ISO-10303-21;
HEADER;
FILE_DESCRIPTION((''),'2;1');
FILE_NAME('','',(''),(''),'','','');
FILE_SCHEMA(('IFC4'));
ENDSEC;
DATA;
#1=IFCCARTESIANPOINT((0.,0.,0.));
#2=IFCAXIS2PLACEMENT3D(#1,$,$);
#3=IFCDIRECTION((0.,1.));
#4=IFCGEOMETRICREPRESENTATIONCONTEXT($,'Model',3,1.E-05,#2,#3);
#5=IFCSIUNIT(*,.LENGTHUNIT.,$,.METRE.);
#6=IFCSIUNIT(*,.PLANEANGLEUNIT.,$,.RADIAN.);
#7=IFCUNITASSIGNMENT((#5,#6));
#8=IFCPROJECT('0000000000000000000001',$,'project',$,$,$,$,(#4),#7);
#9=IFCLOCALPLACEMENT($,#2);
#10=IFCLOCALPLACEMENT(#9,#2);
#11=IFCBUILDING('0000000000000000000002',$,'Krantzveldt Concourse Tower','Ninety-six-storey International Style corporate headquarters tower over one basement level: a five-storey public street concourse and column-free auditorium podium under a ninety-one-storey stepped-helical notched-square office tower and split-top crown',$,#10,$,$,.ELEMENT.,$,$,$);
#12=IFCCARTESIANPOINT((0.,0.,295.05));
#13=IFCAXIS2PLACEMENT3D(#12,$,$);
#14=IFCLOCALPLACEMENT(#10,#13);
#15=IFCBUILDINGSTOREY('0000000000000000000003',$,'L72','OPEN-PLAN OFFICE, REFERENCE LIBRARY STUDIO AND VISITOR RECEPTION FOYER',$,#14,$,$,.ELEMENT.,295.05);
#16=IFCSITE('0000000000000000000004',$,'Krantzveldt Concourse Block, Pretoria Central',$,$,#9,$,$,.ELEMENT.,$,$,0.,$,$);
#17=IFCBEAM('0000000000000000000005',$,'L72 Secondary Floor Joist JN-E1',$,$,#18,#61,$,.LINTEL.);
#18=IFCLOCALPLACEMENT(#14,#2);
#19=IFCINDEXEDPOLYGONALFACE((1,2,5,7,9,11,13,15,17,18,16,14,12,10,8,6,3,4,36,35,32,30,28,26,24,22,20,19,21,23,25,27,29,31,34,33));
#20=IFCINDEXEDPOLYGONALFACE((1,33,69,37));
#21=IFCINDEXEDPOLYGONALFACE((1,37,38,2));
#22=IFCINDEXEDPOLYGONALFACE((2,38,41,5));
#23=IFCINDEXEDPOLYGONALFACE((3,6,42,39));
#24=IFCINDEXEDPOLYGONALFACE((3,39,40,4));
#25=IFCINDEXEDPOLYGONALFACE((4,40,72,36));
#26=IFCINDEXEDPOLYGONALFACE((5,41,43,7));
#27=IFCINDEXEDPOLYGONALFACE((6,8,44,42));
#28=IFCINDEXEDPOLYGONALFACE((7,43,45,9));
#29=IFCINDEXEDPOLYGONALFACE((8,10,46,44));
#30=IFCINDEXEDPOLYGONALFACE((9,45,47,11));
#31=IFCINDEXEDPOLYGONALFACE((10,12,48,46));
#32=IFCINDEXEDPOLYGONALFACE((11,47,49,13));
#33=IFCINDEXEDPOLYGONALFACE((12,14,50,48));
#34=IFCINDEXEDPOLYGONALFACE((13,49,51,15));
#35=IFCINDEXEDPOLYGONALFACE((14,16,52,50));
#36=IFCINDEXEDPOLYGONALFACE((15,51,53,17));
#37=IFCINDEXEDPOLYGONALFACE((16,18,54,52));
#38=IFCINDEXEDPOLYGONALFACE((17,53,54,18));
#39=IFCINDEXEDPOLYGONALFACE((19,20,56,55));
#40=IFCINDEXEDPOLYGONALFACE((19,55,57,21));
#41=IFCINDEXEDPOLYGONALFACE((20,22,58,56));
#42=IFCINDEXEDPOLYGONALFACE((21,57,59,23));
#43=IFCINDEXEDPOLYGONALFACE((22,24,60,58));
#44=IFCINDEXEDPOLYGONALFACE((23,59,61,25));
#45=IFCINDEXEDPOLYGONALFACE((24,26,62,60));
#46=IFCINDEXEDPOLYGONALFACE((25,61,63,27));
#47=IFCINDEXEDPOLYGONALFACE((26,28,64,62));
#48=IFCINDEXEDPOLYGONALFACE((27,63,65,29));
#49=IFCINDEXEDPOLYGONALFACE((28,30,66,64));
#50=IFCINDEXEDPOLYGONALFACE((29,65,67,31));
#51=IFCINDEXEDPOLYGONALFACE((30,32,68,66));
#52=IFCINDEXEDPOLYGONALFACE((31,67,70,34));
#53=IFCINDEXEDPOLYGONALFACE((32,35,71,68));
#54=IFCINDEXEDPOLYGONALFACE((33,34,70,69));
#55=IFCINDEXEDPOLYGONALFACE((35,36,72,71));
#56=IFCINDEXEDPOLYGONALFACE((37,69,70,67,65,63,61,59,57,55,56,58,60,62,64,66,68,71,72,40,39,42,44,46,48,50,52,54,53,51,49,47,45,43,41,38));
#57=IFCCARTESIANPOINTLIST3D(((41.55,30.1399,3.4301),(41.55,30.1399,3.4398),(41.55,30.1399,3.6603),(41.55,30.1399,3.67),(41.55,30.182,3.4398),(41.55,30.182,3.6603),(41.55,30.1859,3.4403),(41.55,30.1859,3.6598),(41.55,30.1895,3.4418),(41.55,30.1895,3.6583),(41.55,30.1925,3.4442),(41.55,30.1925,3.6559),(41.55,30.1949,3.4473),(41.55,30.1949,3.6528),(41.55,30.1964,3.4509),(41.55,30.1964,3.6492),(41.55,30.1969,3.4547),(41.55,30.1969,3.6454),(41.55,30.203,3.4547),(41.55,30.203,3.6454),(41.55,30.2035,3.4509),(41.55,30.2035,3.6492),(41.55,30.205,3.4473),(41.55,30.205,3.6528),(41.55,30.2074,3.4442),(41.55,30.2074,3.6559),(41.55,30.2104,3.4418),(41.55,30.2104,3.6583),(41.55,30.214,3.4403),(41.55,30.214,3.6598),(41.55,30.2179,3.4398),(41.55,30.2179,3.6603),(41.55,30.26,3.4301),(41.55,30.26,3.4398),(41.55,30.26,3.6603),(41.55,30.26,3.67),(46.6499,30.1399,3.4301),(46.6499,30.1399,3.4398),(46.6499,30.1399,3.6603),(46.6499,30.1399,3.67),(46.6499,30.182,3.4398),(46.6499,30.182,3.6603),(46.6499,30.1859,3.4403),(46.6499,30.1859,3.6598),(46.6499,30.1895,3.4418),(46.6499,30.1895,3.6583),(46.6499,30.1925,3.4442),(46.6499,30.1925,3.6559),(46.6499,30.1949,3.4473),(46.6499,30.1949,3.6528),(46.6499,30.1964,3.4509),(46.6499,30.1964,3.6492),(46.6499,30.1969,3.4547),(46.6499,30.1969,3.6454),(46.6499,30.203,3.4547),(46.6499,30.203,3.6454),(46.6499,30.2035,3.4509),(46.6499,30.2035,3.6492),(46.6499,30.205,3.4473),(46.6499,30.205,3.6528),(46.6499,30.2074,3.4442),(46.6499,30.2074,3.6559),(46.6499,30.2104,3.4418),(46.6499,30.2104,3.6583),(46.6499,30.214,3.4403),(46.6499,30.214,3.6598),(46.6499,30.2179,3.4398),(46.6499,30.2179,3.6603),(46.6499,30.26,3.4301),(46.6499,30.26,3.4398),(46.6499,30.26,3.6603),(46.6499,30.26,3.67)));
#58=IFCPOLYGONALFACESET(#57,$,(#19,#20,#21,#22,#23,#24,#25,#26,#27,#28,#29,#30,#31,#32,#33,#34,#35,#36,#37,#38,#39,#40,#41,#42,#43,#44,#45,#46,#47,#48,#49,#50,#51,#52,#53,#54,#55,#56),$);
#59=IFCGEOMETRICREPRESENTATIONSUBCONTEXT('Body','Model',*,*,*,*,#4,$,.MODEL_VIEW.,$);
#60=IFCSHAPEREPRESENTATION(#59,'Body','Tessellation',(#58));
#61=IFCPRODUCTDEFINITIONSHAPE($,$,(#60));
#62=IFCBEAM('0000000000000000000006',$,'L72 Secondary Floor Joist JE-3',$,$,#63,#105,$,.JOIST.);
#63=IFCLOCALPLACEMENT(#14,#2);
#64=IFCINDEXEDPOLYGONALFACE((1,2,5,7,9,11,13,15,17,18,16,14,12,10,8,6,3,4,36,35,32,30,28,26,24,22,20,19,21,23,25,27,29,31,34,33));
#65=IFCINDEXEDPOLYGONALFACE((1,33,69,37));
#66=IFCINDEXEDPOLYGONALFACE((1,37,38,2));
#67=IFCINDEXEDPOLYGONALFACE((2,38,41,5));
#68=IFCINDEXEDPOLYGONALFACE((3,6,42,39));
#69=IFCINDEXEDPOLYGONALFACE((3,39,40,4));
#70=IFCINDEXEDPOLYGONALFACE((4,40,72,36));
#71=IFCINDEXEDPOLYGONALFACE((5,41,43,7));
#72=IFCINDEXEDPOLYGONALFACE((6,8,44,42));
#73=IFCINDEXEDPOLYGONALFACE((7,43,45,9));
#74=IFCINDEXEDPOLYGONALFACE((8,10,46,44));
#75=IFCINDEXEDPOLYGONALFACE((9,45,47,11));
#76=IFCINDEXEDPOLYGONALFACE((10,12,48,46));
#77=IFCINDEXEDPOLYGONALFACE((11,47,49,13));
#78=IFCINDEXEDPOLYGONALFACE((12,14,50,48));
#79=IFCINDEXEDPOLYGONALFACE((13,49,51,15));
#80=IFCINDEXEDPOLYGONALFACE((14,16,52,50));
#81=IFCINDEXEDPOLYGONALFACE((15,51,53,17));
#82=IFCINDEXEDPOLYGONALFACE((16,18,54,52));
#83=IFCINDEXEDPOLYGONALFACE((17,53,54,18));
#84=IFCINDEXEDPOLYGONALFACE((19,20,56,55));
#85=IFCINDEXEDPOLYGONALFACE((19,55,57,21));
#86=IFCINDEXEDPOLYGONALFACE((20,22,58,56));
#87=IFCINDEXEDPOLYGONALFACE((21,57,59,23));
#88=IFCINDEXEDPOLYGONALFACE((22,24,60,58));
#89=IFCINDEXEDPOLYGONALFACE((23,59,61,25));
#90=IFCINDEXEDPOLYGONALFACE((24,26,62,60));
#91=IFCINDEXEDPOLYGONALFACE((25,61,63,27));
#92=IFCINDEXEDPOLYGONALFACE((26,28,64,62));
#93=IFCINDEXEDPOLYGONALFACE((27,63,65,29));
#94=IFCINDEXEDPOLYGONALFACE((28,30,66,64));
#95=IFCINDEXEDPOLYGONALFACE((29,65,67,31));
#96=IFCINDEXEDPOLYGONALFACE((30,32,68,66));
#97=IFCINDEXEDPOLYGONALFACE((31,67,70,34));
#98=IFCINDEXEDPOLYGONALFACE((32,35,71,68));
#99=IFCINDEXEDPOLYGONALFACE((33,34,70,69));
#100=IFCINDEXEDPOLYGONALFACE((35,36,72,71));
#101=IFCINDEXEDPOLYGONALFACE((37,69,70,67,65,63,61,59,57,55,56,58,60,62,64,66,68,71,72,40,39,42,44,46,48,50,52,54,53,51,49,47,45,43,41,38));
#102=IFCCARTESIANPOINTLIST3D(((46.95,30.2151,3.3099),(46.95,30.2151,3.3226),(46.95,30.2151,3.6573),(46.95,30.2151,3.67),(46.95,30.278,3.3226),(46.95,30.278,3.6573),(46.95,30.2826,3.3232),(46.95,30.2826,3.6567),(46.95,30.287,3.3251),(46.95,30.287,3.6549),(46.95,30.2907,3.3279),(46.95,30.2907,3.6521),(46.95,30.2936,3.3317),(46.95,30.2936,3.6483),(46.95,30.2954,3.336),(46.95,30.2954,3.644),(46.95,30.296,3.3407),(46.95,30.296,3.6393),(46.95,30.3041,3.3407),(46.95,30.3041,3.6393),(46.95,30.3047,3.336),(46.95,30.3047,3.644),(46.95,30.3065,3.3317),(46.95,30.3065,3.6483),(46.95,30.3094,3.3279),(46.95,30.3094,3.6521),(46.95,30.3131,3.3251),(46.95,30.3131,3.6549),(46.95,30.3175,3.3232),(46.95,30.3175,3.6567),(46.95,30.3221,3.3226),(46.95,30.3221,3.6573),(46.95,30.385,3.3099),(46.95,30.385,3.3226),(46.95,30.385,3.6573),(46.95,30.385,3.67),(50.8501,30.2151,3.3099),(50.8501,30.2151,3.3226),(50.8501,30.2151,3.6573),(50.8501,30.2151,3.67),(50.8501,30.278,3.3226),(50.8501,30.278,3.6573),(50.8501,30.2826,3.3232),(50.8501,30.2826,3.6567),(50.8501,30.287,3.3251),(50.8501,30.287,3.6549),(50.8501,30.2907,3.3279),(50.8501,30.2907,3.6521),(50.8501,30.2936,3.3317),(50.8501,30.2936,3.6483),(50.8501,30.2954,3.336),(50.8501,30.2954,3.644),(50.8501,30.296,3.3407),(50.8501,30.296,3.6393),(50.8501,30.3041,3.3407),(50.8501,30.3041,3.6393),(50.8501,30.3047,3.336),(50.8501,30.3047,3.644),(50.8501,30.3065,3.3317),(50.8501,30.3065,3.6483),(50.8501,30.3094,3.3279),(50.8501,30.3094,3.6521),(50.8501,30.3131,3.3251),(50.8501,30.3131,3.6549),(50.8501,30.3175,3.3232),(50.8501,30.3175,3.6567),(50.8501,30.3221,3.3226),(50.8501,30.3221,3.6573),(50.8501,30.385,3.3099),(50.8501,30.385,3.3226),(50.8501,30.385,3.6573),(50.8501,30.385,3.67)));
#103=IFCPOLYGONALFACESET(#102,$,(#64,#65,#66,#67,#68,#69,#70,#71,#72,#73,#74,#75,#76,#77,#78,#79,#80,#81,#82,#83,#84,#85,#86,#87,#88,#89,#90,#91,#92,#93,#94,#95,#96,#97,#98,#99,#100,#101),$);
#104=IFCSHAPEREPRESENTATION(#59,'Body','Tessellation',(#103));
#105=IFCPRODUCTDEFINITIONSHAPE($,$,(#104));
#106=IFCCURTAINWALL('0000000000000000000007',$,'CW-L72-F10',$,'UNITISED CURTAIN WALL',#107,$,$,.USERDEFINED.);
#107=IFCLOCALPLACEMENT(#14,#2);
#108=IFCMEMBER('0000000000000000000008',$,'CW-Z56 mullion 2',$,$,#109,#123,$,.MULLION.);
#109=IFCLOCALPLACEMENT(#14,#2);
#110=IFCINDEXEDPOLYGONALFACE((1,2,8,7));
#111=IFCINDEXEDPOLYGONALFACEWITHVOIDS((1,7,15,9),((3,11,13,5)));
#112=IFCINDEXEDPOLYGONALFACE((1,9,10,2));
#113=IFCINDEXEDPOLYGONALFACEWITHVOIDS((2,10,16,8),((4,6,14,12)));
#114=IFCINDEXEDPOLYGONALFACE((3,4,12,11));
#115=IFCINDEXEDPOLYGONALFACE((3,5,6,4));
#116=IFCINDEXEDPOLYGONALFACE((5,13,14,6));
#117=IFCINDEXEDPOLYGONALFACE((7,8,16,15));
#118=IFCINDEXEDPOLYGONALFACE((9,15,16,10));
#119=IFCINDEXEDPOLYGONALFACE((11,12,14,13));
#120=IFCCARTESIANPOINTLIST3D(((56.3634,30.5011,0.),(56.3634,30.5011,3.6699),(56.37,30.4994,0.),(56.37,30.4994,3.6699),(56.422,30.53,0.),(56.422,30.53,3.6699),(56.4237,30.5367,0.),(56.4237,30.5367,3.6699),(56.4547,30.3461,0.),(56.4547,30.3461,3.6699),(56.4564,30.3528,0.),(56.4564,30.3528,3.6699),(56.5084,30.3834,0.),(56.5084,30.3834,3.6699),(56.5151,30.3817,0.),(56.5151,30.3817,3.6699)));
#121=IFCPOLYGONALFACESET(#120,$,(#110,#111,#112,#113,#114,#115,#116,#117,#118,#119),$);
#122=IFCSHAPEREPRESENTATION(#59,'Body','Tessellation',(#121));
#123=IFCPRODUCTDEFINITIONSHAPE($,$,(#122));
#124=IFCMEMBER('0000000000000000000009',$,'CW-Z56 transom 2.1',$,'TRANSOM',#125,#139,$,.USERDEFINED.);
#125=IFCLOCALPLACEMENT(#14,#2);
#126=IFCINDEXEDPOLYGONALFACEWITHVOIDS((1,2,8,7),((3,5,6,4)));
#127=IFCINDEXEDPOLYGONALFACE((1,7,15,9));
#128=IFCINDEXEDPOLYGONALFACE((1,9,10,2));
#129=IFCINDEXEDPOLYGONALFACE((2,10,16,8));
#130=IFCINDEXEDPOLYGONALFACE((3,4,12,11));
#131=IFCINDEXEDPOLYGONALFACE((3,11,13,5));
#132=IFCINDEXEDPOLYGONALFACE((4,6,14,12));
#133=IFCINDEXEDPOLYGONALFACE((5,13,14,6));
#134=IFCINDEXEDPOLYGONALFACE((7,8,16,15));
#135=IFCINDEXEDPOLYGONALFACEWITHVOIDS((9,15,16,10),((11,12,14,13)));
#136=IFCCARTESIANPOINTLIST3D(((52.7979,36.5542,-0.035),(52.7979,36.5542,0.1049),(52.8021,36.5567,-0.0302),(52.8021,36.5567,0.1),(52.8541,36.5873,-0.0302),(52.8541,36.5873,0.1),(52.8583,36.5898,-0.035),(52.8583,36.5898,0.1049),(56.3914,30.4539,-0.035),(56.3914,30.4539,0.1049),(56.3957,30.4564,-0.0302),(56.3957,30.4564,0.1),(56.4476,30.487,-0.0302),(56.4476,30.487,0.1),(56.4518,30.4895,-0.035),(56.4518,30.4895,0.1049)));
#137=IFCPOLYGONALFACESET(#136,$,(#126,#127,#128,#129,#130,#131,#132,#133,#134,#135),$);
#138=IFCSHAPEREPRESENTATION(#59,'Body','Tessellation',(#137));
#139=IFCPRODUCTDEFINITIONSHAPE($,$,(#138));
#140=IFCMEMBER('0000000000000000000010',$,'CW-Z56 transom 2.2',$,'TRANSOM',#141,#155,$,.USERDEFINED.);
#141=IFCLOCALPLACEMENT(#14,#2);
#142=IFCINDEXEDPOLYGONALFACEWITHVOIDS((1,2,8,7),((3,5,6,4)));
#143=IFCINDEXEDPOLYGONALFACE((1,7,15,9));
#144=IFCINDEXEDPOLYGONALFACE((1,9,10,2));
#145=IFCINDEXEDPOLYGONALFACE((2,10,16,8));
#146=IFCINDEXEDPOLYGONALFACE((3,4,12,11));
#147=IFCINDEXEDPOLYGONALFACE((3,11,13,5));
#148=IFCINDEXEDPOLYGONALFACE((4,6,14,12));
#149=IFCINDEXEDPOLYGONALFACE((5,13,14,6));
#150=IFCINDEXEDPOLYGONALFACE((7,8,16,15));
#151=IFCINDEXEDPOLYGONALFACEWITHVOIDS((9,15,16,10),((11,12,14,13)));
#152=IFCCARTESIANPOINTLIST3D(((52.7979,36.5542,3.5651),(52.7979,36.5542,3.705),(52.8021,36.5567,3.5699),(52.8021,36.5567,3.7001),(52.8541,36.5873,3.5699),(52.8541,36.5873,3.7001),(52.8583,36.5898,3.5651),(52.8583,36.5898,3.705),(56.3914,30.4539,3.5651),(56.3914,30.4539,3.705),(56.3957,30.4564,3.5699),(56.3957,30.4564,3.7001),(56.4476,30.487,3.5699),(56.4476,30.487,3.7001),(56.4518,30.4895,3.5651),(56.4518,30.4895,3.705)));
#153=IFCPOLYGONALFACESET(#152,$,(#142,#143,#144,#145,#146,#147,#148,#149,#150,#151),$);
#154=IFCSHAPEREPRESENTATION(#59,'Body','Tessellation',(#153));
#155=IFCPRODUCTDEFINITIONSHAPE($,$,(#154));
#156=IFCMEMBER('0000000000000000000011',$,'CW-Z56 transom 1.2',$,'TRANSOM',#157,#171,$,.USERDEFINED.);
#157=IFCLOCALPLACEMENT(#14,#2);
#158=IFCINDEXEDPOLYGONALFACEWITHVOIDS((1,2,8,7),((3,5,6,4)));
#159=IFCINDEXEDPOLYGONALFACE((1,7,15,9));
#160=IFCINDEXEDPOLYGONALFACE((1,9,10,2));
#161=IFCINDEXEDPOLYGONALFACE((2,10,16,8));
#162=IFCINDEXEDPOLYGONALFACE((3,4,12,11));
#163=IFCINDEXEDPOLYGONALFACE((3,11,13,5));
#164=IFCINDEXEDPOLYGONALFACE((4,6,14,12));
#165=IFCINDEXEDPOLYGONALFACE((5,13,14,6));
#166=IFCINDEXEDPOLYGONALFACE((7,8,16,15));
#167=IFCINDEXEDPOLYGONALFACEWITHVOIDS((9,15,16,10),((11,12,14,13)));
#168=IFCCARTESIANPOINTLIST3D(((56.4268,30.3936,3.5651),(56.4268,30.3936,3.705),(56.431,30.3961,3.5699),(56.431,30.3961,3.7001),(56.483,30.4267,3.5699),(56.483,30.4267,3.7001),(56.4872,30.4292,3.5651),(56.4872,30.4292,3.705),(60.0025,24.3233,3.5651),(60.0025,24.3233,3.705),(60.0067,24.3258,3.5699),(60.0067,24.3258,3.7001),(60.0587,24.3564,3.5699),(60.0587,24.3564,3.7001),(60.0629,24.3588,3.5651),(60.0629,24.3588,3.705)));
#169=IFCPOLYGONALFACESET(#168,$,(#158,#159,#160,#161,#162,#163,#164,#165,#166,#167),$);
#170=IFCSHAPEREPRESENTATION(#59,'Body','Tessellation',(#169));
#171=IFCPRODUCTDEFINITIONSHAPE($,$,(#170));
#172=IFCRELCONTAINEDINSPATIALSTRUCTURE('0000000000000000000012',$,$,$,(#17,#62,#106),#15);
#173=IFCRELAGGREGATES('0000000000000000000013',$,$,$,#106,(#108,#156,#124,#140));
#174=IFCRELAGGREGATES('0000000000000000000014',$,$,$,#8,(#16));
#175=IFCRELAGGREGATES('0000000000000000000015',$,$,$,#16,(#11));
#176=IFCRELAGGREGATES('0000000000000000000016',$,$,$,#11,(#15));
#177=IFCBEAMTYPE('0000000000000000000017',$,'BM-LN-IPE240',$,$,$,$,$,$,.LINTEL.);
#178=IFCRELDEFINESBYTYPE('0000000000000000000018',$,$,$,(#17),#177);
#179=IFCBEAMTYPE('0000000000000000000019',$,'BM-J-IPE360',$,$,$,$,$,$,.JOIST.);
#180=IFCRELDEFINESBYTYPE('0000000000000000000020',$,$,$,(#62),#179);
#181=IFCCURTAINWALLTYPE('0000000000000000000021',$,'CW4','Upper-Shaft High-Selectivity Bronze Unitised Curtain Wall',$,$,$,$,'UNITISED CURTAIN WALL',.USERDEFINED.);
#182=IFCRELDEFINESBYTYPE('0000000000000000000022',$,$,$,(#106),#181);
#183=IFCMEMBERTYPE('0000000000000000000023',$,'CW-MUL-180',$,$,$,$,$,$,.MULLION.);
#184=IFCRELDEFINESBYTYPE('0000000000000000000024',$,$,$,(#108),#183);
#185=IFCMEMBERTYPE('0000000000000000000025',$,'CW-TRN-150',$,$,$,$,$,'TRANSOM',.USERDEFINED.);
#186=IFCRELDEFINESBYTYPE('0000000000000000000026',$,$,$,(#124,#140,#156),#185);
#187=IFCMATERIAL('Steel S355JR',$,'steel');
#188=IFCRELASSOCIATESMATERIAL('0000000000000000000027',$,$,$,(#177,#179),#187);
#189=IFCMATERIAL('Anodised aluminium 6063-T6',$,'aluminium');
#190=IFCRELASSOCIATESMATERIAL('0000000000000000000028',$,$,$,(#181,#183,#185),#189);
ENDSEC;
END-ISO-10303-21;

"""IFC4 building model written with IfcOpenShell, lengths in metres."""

from ifc_helpers import new_model, si_unit, direction, frame, origin, origin_2d, place, context, subcontext, project, spatial, hollow_rectangle, i_section, extrude, source, transform, mapped, material, material_profile, profile_set, type_object, type_shapes, element, aggregate, save


model = new_model("IFC4")

# Units and contexts
model_context = context("Model", 3, precision=1e-05, world=origin(), true_north=direction((0.0, 1.0)))
body_context = subcontext(model_context, "Body", "Model", "MODEL_VIEW")
ifc_project = project(units=[si_unit("LENGTHUNIT", "METRE"), si_unit("PLANEANGLEUNIT", "RADIAN")], contexts=[model_context])

# Site, building, storey
site_placement = place(None, origin())
site = spatial("IfcSite", under=ifc_project, at=site_placement, Name="Krantzveldt Concourse Block, Pretoria Central", CompositionType="ELEMENT", RefElevation=0.0)
building_placement = place(site_placement, origin())
building = spatial("IfcBuilding", under=site, at=building_placement, Name="Krantzveldt Concourse Tower", Description="Ninety-six-storey International Style corporate headquarters tower over one basement level: a five-storey public street concourse and column-free auditorium podium under a ninety-one-storey stepped-helical notched-square office tower and split-top crown", CompositionType="ELEMENT")
storey_placement = place(building_placement, frame((0.0, 0.0, 295.05)))
storey = spatial("IfcBuildingStorey", under=building, at=storey_placement, Name="L72", Description="OPEN-PLAN OFFICE, REFERENCE LIBRARY STUDIO AND VISITOR RECEPTION FOYER", CompositionType="ELEMENT", Elevation=295.05)

# Beams
ifc_material_1 = material(Name="Steel S355JR", Category="steel")
ifc_material_profile_1 = material_profile(ifc_material_1, i_section(OverallWidth=0.1201, OverallDepth=0.24, WebThickness=0.0061, FlangeThickness=0.0098, FilletRadius=0.0149, at=origin_2d()), Name="Steel S355JR", Category="steel")
ifc_profile_set_1 = profile_set([ifc_material_profile_1], Name="Steel S355JR - IPE 240")
beam_type_1 = type_object("IfcBeamType", Name="BM-LN-IPE240", PredefinedType="LINTEL", material=ifc_profile_set_1)
shared_shape_1 = source(origin(), body_context, "Body", "SweptSolid", [
    extrude(i_section(OverallWidth=0.1201, OverallDepth=0.24, WebThickness=0.0061, FlangeThickness=0.0098, FilletRadius=0.0149, at=origin_2d()), origin(), (0.0, 0.0, 1.0), 5.0999),
])
type_shapes(beam_type_1, [shared_shape_1])
beam_1_placement = place(storey_placement, frame((41.55, 30.2, 3.55), z_axis=(1.0, 0.0, 0.0), x_axis=(0.0, 1.0, 0.0)))
element("IfcBeam", 1, at=beam_1_placement, inside=storey, type_object=beam_type_1, Name="L72 Secondary Floor Joist JN-E1", PredefinedType="LINTEL", context=body_context, shape_type="MappedRepresentation", body=[
    mapped(shared_shape_1, transform((0.0, 0.0, 0.0), x_axis=(1.0, 0.0, 0.0), y_axis=(0.0, 1.0, 0.0), z_axis=(0.0, 0.0, 1.0), scale=1.0)),
])
ifc_material_profile_2 = material_profile(ifc_material_1, i_section(OverallWidth=0.1699, OverallDepth=0.3601, WebThickness=0.0081, FlangeThickness=0.0127, FilletRadius=0.0181, at=origin_2d()), Name="Steel S355JR", Category="steel")
ifc_profile_set_2 = profile_set([ifc_material_profile_2], Name="Steel S355JR - IPE 360")
beam_type_2 = type_object("IfcBeamType", Name="BM-J-IPE360", PredefinedType="JOIST", material=ifc_profile_set_2)
shared_shape_2 = source(origin(), body_context, "Body", "SweptSolid", [
    extrude(i_section(OverallWidth=0.1699, OverallDepth=0.3601, WebThickness=0.0081, FlangeThickness=0.0127, FilletRadius=0.0181, at=origin_2d()), origin(), (0.0, 0.0, 1.0), 3.9001),
])
type_shapes(beam_type_2, [shared_shape_2])
beam_2_placement = place(storey_placement, frame((46.95, 30.3, 3.49), z_axis=(1.0, 0.0, 0.0), x_axis=(0.0, 1.0, 0.0)))
element("IfcBeam", 2, at=beam_2_placement, inside=storey, type_object=beam_type_2, Name="L72 Secondary Floor Joist JE-3", PredefinedType="JOIST", context=body_context, shape_type="MappedRepresentation", body=[
    mapped(shared_shape_2, transform((0.0, 0.0, 0.0), x_axis=(1.0, 0.0, 0.0), y_axis=(0.0, 1.0, 0.0), z_axis=(0.0, 0.0, 1.0), scale=1.0)),
])

# Curtain wall, members
ifc_material_2 = material(Name="Anodised aluminium 6063-T6", Category="aluminium")
curtain_wall_type = type_object("IfcCurtainWallType", Name="CW4", Description="Upper-Shaft High-Selectivity Bronze Unitised Curtain Wall", ElementType="UNITISED CURTAIN WALL", PredefinedType="USERDEFINED", material=ifc_material_2)
curtain_wall_placement = place(storey_placement, origin())
curtain_wall = element("IfcCurtainWall", 3, at=curtain_wall_placement, inside=storey, type_object=curtain_wall_type, Name="CW-L72-F10", ObjectType="UNITISED CURTAIN WALL", PredefinedType="USERDEFINED")
ifc_material_profile_3 = material_profile(ifc_material_2, hollow_rectangle(XDim=0.0701, YDim=0.1799, WallThickness=0.0049, at=origin_2d()), Name="Anodised aluminium 6063-T6", Category="aluminium")
ifc_profile_set_3 = profile_set([ifc_material_profile_3], Name="Anodised aluminium 6063-T6 - ALU-MULL 180x70x5")
member_type_1 = type_object("IfcMemberType", Name="CW-MUL-180", PredefinedType="MULLION", material=ifc_profile_set_3)
shared_shape_3 = source(origin(), body_context, "Body", "SweptSolid", [
    extrude(hollow_rectangle(XDim=0.0701, YDim=0.1799, WallThickness=0.0049, at=origin_2d()), origin(), (0.0, 0.0, 1.0), 3.6699),
])
type_shapes(member_type_1, [shared_shape_3])
member_1_placement = place(storey_placement, frame((56.4392, 30.4414, 0.0), z_axis=(0.0, 0.0, 1.0), x_axis=(-0.861629, -0.507538, 0.0)))
member_1 = element("IfcMember", 4, at=member_1_placement, type_object=member_type_1, Name="CW-Z56 mullion 2", PredefinedType="MULLION", context=body_context, shape_type="MappedRepresentation", body=[
    mapped(shared_shape_3, transform((0.0, 0.0, 0.0), x_axis=(1.0, 0.0, 0.0), y_axis=(0.0, 1.0, 0.0), z_axis=(0.0, 0.0, 1.0), scale=1.0)),
])
ifc_material_profile_4 = material_profile(ifc_material_2, hollow_rectangle(XDim=0.0701, YDim=0.1399, WallThickness=0.0049, at=origin_2d()), Name="Anodised aluminium 6063-T6", Category="aluminium")
ifc_profile_set_4 = profile_set([ifc_material_profile_4], Name="Anodised aluminium 6063-T6 - ALU-TRAN 140x70x5")
member_type_2 = type_object("IfcMemberType", Name="CW-TRN-150", ElementType="TRANSOM", PredefinedType="USERDEFINED", material=ifc_profile_set_4)
shared_shape_4 = source(origin(), body_context, "Body", "SweptSolid", [
    extrude(hollow_rectangle(XDim=0.0701, YDim=0.1399, WallThickness=0.0049, at=origin_2d()), origin(), (0.0, 0.0, 1.0), 7.0801),
])
member_2_placement = place(storey_placement, frame((56.4216, 30.4717, 0.0349), z_axis=(-0.507552, 0.861621, 0.0), x_axis=(-0.861621, -0.507552, 0.0)))
member_2 = element("IfcMember", 5, at=member_2_placement, type_object=member_type_2, Name="CW-Z56 transom 2.1", ObjectType="TRANSOM", PredefinedType="USERDEFINED", context=body_context, shape_type="MappedRepresentation", body=[
    mapped(shared_shape_4, transform((0.0, 0.0, 0.0), x_axis=(1.0, 0.0, 0.0), y_axis=(0.0, 1.0, 0.0), z_axis=(0.0, 0.0, 1.0), scale=1.0)),
])
member_3_placement = place(storey_placement, frame((56.4216, 30.4717, 3.635), z_axis=(-0.507552, 0.861621, 0.0), x_axis=(-0.861621, -0.507552, 0.0)))
member_3 = element("IfcMember", 6, at=member_3_placement, type_object=member_type_2, Name="CW-Z56 transom 2.2", ObjectType="TRANSOM", PredefinedType="USERDEFINED", context=body_context, shape_type="MappedRepresentation", body=[
    mapped(shared_shape_4, transform((0.0, 0.0, 0.0), x_axis=(1.0, 0.0, 0.0), y_axis=(0.0, 1.0, 0.0), z_axis=(0.0, 0.0, 1.0), scale=1.0)),
])
shared_shape_5 = source(origin(), body_context, "Body", "SweptSolid", [
    extrude(hollow_rectangle(XDim=0.0701, YDim=0.1399, WallThickness=0.0049, at=origin_2d()), origin(), (0.0, 0.0, 1.0), 7.0452),
])
type_shapes(member_type_2, [shared_shape_4, shared_shape_5])
member_4_placement = place(storey_placement, frame((60.0327, 24.3411, 3.635), z_axis=(-0.507538, 0.861629, 0.0), x_axis=(-0.861629, -0.507538, 0.0)))
member_4 = element("IfcMember", 7, at=member_4_placement, type_object=member_type_2, Name="CW-Z56 transom 1.2", ObjectType="TRANSOM", PredefinedType="USERDEFINED", context=body_context, shape_type="MappedRepresentation", body=[
    mapped(shared_shape_5, transform((0.0, 0.0, 0.0), x_axis=(1.0, 0.0, 0.0), y_axis=(0.0, 1.0, 0.0), z_axis=(0.0, 0.0, 1.0), scale=1.0)),
])
aggregate(curtain_wall, [member_1, member_4, member_2, member_3])

save(model, "model.ifc")
